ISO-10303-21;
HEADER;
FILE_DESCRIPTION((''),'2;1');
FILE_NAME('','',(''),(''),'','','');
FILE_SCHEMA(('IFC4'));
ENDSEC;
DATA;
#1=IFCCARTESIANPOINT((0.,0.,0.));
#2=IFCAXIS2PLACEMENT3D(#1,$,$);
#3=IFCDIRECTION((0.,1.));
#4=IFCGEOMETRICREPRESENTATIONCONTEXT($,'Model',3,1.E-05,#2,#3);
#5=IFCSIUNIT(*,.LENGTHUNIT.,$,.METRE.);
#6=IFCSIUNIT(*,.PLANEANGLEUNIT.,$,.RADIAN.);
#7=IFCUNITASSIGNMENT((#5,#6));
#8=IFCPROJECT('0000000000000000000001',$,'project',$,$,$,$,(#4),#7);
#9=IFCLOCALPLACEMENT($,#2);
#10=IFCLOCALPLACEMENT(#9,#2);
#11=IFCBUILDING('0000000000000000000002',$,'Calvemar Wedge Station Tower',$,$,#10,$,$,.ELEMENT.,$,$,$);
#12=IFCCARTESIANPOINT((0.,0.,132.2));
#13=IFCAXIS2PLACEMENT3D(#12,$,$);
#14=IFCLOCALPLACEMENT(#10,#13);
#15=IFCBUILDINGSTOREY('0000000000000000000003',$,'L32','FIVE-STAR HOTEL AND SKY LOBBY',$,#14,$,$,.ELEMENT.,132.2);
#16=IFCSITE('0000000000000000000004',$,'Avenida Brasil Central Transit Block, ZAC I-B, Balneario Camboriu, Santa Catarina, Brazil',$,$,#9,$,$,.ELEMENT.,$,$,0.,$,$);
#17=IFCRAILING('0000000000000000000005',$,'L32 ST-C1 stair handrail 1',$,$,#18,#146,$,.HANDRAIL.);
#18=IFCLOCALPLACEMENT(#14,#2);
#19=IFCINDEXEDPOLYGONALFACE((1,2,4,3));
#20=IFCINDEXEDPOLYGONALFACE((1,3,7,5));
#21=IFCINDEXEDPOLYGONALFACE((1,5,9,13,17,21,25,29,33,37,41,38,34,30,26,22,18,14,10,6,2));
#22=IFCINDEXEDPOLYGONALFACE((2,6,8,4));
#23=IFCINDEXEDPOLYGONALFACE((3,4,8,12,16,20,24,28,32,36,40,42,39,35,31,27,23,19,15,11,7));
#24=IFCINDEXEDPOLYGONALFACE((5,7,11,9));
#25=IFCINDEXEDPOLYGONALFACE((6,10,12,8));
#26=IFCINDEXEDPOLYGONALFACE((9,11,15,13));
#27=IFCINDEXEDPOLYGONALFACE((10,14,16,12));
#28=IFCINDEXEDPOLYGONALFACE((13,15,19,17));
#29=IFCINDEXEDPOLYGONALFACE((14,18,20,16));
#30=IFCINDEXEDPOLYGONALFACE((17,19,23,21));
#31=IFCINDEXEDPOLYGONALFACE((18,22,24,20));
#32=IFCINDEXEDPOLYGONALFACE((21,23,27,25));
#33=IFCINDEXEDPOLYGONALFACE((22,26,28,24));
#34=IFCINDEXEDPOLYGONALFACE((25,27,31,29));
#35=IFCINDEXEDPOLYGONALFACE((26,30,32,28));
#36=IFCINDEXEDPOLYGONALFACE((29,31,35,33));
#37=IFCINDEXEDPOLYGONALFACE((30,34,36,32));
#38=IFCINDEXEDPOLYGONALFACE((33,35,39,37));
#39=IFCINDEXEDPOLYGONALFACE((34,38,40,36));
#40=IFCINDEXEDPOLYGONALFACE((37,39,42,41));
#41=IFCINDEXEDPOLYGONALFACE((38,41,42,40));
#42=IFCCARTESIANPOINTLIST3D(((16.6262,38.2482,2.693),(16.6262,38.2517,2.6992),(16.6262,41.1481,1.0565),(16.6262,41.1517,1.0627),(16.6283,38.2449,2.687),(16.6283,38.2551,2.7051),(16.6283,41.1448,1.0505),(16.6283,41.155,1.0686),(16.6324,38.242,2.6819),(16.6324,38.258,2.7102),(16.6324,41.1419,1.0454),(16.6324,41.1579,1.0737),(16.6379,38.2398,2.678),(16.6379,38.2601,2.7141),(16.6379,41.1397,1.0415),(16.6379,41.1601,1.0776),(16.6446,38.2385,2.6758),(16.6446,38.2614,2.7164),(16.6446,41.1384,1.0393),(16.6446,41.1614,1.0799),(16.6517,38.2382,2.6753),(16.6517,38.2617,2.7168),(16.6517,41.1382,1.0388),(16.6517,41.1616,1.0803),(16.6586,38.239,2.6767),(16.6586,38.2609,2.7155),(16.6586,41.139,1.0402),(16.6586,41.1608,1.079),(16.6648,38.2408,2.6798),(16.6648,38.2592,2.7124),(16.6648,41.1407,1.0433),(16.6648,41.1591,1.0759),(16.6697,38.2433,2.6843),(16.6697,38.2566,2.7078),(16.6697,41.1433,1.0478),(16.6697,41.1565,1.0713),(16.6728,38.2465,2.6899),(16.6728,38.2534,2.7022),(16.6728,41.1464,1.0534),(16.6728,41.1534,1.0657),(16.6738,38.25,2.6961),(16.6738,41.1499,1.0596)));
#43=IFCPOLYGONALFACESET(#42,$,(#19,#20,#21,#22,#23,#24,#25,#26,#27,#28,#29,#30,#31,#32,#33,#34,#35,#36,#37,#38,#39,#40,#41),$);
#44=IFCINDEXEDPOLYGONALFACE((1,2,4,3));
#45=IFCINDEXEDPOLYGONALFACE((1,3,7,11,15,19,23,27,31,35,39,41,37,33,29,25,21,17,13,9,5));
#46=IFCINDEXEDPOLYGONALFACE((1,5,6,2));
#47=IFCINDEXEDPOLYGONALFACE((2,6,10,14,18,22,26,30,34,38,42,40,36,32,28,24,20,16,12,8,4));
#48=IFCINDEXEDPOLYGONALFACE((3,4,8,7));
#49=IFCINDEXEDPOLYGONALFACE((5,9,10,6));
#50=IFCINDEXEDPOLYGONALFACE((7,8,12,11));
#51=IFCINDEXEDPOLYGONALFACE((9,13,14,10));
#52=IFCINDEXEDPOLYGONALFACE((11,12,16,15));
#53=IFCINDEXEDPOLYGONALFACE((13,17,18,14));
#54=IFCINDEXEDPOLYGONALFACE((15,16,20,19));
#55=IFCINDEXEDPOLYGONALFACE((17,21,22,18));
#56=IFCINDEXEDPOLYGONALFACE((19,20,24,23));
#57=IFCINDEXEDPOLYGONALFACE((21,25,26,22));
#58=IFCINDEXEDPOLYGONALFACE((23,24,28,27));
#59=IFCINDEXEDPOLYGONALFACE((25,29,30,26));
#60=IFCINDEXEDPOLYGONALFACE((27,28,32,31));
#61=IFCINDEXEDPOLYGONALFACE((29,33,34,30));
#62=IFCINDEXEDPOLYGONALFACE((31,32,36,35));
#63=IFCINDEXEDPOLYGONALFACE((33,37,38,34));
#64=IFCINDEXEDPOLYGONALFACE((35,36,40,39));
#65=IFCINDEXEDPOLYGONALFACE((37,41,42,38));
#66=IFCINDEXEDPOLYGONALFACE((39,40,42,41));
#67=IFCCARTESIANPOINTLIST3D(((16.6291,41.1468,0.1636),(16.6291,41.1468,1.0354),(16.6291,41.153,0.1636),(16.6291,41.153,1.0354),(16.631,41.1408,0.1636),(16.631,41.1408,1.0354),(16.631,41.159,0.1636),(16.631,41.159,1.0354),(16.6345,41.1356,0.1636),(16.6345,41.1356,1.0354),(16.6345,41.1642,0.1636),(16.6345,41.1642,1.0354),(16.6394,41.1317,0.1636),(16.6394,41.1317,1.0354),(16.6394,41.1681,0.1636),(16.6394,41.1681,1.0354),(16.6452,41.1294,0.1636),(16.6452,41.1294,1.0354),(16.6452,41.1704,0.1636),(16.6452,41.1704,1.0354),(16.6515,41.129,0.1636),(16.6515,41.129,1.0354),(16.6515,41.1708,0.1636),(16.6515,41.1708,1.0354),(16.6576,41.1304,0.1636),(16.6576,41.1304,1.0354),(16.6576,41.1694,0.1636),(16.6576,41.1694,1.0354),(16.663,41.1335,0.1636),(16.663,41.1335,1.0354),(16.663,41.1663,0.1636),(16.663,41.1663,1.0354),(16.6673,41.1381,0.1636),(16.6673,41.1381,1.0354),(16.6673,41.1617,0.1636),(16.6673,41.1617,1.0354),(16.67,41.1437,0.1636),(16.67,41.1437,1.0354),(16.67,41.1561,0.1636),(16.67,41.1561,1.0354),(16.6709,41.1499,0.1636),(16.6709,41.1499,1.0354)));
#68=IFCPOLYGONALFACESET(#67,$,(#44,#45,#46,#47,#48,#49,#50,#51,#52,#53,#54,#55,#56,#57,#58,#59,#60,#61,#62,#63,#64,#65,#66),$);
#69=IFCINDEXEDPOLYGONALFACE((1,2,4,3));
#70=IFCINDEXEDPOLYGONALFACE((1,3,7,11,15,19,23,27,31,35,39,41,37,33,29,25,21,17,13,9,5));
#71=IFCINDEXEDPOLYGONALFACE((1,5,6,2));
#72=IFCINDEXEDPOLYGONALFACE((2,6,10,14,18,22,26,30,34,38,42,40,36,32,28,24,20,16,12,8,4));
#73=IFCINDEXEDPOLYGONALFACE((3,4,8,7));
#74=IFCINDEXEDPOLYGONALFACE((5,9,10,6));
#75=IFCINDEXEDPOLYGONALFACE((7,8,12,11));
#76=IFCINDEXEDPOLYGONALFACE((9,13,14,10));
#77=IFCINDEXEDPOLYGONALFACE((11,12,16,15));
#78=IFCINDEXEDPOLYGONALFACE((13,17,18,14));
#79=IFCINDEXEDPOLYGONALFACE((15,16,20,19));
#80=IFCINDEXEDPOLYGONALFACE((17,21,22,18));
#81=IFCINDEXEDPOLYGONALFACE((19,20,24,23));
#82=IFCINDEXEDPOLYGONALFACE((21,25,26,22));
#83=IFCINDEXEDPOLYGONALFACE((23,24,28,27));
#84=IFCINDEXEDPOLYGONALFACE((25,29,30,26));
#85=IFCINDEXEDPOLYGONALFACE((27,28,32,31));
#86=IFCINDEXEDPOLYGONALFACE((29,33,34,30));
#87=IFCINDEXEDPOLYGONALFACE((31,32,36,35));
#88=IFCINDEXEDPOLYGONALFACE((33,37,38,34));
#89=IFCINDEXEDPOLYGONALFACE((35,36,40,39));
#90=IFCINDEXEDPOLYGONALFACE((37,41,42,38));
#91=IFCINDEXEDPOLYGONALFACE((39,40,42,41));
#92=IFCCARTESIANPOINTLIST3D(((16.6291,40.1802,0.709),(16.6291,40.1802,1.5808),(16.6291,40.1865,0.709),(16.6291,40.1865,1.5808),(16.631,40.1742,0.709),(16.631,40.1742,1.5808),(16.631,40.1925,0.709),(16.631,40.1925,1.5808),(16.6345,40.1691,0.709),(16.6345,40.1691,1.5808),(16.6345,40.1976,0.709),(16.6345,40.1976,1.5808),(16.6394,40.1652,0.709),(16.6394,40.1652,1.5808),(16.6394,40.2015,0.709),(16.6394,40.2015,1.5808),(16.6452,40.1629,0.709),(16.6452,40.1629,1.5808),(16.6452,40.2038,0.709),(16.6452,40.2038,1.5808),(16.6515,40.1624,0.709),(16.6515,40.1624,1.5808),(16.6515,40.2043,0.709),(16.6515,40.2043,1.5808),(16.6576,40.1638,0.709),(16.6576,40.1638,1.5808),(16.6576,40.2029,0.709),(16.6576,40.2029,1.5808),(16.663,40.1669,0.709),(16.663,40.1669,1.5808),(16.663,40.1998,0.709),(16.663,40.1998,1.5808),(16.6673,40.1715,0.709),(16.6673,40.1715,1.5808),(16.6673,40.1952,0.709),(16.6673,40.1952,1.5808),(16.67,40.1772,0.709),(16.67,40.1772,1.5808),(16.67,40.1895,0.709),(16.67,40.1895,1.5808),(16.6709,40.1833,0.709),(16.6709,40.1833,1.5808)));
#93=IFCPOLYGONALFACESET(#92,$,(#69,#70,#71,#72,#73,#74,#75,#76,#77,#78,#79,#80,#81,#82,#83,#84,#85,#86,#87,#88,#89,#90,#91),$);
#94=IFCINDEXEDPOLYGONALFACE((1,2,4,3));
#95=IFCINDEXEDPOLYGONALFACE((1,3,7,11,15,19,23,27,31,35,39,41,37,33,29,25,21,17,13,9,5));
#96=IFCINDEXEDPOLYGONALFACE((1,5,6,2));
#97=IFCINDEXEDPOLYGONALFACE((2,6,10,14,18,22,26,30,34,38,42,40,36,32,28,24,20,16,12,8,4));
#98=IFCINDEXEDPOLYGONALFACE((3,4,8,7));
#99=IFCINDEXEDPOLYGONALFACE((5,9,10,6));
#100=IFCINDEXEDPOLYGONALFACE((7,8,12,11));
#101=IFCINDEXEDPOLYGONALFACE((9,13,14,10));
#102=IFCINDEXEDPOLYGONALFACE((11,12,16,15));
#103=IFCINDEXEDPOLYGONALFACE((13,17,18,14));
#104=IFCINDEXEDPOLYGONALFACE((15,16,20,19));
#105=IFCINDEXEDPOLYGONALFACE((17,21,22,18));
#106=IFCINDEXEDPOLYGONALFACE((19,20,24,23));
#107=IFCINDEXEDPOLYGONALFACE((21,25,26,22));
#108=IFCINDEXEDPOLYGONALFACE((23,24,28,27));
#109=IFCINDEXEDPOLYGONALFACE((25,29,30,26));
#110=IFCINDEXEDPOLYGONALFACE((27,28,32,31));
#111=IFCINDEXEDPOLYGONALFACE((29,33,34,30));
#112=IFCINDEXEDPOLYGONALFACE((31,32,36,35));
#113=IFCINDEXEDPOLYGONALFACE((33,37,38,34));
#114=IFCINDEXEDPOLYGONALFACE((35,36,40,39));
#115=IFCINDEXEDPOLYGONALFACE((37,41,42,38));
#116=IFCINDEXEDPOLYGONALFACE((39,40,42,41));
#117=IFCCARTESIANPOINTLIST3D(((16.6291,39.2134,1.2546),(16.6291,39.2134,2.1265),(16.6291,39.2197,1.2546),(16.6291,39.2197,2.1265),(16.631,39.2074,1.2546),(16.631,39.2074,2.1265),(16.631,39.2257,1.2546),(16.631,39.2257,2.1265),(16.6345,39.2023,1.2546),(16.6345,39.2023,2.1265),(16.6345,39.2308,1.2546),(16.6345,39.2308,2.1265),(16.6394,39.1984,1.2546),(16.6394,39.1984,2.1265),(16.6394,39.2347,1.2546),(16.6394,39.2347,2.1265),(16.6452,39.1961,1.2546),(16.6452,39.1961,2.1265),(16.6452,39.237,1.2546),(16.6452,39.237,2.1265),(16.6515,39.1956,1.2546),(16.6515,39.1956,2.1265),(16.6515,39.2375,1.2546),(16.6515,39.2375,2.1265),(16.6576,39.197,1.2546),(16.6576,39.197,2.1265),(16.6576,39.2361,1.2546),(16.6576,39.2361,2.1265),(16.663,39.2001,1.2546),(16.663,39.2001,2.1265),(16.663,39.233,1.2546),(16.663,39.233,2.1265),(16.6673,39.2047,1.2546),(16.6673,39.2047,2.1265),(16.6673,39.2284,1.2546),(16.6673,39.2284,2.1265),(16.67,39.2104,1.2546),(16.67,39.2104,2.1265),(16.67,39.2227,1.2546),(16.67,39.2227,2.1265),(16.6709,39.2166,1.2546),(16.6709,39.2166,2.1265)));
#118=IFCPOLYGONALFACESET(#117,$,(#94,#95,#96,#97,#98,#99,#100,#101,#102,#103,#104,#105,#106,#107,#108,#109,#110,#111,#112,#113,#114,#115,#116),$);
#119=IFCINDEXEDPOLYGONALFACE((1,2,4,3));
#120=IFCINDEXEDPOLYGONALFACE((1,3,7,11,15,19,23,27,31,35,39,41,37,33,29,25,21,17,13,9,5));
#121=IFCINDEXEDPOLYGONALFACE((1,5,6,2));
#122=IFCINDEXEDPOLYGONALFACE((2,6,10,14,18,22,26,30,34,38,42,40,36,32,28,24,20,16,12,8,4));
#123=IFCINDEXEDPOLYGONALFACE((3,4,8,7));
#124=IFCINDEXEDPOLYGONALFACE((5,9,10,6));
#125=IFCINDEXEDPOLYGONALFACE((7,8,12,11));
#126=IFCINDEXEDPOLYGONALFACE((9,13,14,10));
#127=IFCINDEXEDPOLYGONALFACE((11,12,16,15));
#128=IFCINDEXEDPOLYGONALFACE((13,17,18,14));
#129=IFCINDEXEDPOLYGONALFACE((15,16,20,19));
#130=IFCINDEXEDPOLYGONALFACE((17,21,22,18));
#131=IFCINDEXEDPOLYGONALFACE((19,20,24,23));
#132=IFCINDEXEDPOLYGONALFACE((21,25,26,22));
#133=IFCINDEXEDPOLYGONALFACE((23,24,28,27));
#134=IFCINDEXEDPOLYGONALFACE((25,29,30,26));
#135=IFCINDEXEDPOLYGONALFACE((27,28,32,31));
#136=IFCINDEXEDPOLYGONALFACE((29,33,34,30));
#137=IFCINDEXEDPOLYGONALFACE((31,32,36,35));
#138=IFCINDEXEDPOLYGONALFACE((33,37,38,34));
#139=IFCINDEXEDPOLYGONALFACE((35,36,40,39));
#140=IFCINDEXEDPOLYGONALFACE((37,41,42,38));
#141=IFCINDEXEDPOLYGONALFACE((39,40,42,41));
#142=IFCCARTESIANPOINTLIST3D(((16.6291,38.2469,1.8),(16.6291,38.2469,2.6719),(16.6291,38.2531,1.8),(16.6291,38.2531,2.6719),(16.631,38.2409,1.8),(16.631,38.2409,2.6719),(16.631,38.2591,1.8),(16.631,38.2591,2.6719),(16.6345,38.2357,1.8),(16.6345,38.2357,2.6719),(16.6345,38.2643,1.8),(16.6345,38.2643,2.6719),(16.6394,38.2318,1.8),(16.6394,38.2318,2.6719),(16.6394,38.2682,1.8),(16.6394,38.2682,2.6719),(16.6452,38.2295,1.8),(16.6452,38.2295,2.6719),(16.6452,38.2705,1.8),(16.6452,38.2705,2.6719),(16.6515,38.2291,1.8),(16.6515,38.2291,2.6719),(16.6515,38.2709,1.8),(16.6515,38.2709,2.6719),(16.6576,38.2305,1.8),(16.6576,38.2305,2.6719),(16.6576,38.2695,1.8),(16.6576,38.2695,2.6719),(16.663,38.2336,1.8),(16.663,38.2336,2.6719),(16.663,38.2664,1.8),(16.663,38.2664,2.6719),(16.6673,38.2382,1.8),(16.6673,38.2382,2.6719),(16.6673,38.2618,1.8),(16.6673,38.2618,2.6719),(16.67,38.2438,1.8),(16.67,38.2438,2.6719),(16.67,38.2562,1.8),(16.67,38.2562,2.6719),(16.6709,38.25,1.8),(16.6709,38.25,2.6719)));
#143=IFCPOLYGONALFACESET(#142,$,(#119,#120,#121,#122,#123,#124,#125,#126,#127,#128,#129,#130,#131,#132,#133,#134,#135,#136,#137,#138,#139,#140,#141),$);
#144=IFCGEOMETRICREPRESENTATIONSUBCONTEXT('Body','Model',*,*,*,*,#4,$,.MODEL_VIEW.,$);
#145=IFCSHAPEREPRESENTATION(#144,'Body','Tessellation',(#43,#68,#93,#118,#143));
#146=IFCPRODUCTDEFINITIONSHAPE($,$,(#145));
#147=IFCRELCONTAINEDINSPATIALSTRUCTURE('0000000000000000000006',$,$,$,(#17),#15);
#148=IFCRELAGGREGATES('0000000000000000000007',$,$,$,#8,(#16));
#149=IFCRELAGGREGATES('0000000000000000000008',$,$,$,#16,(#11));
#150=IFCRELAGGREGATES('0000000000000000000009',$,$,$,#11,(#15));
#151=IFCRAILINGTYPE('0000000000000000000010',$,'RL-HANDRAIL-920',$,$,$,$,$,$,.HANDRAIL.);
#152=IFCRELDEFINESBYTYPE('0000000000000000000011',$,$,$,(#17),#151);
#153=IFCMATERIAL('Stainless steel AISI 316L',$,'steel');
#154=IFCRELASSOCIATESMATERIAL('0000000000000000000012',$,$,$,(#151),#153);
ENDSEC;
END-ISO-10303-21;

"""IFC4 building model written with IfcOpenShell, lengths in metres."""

from ifc_helpers import new_model, si_unit, direction, frame, origin, origin_2d, place, context, subcontext, project, spatial, circle, extrude, material, type_object, element, save


model = new_model("IFC4")

# Units and contexts
model_context = context("Model", 3, precision=1e-05, world=origin(), true_north=direction((0.0, 1.0)))
body_context = subcontext(model_context, "Body", "Model", "MODEL_VIEW")
ifc_project = project(units=[si_unit("LENGTHUNIT", "METRE"), si_unit("PLANEANGLEUNIT", "RADIAN")], contexts=[model_context])

# Site, building, storey
site_placement = place(None, origin())
site = spatial("IfcSite", under=ifc_project, at=site_placement, Name="Avenida Brasil Central Transit Block, ZAC I-B, Balneario Camboriu, Santa Catarina, Brazil", CompositionType="ELEMENT", RefElevation=0.0)
building_placement = place(site_placement, origin())
building = spatial("IfcBuilding", under=site, at=building_placement, Name="Calvemar Wedge Station Tower", CompositionType="ELEMENT")
storey_placement = place(building_placement, frame((0.0, 0.0, 132.2)))
storey = spatial("IfcBuildingStorey", under=building, at=storey_placement, Name="L32", Description="FIVE-STAR HOTEL AND SKY LOBBY", CompositionType="ELEMENT", Elevation=132.2)

# Railing
ifc_material_1 = material(Name="Stainless steel AISI 316L", Category="steel")
railing_type_1 = type_object("IfcRailingType", Name="RL-HANDRAIL-920", PredefinedType="HANDRAIL", material=ifc_material_1)
railing_1_placement = place(storey_placement, frame((16.6499, 41.1499, 0.1636)))
element("IfcRailing", 1, at=railing_1_placement, inside=storey, type_object=railing_type_1, Name="L32 ST-C1 stair handrail 1", PredefinedType="HANDRAIL", context=body_context, shape_type="SweptSolid", body=[
    extrude(circle(Radius=0.0239, at=origin_2d()), frame((0.0, 0.0, 0.896), z_axis=(0.0, -0.870897, 0.491465), x_axis=(1.0, 0.0, 0.0)), (0.0, 0.0, 1.0), 3.3298),
    extrude(circle(Radius=0.021, at=origin_2d()), origin(), (0.0, 0.0, 1.0), 0.8718),
    extrude(circle(Radius=0.021, at=origin_2d()), frame((0.0, -0.9666, 0.5454)), (0.0, 0.0, 1.0), 0.8718),
    extrude(circle(Radius=0.021, at=origin_2d()), frame((0.0, -1.9333, 1.0911)), (0.0, 0.0, 1.0), 0.8718),
    extrude(circle(Radius=0.021, at=origin_2d()), frame((0.0, -2.8999, 1.6365)), (0.0, 0.0, 1.0), 0.8718),
])

save(model, "model.ifc")
